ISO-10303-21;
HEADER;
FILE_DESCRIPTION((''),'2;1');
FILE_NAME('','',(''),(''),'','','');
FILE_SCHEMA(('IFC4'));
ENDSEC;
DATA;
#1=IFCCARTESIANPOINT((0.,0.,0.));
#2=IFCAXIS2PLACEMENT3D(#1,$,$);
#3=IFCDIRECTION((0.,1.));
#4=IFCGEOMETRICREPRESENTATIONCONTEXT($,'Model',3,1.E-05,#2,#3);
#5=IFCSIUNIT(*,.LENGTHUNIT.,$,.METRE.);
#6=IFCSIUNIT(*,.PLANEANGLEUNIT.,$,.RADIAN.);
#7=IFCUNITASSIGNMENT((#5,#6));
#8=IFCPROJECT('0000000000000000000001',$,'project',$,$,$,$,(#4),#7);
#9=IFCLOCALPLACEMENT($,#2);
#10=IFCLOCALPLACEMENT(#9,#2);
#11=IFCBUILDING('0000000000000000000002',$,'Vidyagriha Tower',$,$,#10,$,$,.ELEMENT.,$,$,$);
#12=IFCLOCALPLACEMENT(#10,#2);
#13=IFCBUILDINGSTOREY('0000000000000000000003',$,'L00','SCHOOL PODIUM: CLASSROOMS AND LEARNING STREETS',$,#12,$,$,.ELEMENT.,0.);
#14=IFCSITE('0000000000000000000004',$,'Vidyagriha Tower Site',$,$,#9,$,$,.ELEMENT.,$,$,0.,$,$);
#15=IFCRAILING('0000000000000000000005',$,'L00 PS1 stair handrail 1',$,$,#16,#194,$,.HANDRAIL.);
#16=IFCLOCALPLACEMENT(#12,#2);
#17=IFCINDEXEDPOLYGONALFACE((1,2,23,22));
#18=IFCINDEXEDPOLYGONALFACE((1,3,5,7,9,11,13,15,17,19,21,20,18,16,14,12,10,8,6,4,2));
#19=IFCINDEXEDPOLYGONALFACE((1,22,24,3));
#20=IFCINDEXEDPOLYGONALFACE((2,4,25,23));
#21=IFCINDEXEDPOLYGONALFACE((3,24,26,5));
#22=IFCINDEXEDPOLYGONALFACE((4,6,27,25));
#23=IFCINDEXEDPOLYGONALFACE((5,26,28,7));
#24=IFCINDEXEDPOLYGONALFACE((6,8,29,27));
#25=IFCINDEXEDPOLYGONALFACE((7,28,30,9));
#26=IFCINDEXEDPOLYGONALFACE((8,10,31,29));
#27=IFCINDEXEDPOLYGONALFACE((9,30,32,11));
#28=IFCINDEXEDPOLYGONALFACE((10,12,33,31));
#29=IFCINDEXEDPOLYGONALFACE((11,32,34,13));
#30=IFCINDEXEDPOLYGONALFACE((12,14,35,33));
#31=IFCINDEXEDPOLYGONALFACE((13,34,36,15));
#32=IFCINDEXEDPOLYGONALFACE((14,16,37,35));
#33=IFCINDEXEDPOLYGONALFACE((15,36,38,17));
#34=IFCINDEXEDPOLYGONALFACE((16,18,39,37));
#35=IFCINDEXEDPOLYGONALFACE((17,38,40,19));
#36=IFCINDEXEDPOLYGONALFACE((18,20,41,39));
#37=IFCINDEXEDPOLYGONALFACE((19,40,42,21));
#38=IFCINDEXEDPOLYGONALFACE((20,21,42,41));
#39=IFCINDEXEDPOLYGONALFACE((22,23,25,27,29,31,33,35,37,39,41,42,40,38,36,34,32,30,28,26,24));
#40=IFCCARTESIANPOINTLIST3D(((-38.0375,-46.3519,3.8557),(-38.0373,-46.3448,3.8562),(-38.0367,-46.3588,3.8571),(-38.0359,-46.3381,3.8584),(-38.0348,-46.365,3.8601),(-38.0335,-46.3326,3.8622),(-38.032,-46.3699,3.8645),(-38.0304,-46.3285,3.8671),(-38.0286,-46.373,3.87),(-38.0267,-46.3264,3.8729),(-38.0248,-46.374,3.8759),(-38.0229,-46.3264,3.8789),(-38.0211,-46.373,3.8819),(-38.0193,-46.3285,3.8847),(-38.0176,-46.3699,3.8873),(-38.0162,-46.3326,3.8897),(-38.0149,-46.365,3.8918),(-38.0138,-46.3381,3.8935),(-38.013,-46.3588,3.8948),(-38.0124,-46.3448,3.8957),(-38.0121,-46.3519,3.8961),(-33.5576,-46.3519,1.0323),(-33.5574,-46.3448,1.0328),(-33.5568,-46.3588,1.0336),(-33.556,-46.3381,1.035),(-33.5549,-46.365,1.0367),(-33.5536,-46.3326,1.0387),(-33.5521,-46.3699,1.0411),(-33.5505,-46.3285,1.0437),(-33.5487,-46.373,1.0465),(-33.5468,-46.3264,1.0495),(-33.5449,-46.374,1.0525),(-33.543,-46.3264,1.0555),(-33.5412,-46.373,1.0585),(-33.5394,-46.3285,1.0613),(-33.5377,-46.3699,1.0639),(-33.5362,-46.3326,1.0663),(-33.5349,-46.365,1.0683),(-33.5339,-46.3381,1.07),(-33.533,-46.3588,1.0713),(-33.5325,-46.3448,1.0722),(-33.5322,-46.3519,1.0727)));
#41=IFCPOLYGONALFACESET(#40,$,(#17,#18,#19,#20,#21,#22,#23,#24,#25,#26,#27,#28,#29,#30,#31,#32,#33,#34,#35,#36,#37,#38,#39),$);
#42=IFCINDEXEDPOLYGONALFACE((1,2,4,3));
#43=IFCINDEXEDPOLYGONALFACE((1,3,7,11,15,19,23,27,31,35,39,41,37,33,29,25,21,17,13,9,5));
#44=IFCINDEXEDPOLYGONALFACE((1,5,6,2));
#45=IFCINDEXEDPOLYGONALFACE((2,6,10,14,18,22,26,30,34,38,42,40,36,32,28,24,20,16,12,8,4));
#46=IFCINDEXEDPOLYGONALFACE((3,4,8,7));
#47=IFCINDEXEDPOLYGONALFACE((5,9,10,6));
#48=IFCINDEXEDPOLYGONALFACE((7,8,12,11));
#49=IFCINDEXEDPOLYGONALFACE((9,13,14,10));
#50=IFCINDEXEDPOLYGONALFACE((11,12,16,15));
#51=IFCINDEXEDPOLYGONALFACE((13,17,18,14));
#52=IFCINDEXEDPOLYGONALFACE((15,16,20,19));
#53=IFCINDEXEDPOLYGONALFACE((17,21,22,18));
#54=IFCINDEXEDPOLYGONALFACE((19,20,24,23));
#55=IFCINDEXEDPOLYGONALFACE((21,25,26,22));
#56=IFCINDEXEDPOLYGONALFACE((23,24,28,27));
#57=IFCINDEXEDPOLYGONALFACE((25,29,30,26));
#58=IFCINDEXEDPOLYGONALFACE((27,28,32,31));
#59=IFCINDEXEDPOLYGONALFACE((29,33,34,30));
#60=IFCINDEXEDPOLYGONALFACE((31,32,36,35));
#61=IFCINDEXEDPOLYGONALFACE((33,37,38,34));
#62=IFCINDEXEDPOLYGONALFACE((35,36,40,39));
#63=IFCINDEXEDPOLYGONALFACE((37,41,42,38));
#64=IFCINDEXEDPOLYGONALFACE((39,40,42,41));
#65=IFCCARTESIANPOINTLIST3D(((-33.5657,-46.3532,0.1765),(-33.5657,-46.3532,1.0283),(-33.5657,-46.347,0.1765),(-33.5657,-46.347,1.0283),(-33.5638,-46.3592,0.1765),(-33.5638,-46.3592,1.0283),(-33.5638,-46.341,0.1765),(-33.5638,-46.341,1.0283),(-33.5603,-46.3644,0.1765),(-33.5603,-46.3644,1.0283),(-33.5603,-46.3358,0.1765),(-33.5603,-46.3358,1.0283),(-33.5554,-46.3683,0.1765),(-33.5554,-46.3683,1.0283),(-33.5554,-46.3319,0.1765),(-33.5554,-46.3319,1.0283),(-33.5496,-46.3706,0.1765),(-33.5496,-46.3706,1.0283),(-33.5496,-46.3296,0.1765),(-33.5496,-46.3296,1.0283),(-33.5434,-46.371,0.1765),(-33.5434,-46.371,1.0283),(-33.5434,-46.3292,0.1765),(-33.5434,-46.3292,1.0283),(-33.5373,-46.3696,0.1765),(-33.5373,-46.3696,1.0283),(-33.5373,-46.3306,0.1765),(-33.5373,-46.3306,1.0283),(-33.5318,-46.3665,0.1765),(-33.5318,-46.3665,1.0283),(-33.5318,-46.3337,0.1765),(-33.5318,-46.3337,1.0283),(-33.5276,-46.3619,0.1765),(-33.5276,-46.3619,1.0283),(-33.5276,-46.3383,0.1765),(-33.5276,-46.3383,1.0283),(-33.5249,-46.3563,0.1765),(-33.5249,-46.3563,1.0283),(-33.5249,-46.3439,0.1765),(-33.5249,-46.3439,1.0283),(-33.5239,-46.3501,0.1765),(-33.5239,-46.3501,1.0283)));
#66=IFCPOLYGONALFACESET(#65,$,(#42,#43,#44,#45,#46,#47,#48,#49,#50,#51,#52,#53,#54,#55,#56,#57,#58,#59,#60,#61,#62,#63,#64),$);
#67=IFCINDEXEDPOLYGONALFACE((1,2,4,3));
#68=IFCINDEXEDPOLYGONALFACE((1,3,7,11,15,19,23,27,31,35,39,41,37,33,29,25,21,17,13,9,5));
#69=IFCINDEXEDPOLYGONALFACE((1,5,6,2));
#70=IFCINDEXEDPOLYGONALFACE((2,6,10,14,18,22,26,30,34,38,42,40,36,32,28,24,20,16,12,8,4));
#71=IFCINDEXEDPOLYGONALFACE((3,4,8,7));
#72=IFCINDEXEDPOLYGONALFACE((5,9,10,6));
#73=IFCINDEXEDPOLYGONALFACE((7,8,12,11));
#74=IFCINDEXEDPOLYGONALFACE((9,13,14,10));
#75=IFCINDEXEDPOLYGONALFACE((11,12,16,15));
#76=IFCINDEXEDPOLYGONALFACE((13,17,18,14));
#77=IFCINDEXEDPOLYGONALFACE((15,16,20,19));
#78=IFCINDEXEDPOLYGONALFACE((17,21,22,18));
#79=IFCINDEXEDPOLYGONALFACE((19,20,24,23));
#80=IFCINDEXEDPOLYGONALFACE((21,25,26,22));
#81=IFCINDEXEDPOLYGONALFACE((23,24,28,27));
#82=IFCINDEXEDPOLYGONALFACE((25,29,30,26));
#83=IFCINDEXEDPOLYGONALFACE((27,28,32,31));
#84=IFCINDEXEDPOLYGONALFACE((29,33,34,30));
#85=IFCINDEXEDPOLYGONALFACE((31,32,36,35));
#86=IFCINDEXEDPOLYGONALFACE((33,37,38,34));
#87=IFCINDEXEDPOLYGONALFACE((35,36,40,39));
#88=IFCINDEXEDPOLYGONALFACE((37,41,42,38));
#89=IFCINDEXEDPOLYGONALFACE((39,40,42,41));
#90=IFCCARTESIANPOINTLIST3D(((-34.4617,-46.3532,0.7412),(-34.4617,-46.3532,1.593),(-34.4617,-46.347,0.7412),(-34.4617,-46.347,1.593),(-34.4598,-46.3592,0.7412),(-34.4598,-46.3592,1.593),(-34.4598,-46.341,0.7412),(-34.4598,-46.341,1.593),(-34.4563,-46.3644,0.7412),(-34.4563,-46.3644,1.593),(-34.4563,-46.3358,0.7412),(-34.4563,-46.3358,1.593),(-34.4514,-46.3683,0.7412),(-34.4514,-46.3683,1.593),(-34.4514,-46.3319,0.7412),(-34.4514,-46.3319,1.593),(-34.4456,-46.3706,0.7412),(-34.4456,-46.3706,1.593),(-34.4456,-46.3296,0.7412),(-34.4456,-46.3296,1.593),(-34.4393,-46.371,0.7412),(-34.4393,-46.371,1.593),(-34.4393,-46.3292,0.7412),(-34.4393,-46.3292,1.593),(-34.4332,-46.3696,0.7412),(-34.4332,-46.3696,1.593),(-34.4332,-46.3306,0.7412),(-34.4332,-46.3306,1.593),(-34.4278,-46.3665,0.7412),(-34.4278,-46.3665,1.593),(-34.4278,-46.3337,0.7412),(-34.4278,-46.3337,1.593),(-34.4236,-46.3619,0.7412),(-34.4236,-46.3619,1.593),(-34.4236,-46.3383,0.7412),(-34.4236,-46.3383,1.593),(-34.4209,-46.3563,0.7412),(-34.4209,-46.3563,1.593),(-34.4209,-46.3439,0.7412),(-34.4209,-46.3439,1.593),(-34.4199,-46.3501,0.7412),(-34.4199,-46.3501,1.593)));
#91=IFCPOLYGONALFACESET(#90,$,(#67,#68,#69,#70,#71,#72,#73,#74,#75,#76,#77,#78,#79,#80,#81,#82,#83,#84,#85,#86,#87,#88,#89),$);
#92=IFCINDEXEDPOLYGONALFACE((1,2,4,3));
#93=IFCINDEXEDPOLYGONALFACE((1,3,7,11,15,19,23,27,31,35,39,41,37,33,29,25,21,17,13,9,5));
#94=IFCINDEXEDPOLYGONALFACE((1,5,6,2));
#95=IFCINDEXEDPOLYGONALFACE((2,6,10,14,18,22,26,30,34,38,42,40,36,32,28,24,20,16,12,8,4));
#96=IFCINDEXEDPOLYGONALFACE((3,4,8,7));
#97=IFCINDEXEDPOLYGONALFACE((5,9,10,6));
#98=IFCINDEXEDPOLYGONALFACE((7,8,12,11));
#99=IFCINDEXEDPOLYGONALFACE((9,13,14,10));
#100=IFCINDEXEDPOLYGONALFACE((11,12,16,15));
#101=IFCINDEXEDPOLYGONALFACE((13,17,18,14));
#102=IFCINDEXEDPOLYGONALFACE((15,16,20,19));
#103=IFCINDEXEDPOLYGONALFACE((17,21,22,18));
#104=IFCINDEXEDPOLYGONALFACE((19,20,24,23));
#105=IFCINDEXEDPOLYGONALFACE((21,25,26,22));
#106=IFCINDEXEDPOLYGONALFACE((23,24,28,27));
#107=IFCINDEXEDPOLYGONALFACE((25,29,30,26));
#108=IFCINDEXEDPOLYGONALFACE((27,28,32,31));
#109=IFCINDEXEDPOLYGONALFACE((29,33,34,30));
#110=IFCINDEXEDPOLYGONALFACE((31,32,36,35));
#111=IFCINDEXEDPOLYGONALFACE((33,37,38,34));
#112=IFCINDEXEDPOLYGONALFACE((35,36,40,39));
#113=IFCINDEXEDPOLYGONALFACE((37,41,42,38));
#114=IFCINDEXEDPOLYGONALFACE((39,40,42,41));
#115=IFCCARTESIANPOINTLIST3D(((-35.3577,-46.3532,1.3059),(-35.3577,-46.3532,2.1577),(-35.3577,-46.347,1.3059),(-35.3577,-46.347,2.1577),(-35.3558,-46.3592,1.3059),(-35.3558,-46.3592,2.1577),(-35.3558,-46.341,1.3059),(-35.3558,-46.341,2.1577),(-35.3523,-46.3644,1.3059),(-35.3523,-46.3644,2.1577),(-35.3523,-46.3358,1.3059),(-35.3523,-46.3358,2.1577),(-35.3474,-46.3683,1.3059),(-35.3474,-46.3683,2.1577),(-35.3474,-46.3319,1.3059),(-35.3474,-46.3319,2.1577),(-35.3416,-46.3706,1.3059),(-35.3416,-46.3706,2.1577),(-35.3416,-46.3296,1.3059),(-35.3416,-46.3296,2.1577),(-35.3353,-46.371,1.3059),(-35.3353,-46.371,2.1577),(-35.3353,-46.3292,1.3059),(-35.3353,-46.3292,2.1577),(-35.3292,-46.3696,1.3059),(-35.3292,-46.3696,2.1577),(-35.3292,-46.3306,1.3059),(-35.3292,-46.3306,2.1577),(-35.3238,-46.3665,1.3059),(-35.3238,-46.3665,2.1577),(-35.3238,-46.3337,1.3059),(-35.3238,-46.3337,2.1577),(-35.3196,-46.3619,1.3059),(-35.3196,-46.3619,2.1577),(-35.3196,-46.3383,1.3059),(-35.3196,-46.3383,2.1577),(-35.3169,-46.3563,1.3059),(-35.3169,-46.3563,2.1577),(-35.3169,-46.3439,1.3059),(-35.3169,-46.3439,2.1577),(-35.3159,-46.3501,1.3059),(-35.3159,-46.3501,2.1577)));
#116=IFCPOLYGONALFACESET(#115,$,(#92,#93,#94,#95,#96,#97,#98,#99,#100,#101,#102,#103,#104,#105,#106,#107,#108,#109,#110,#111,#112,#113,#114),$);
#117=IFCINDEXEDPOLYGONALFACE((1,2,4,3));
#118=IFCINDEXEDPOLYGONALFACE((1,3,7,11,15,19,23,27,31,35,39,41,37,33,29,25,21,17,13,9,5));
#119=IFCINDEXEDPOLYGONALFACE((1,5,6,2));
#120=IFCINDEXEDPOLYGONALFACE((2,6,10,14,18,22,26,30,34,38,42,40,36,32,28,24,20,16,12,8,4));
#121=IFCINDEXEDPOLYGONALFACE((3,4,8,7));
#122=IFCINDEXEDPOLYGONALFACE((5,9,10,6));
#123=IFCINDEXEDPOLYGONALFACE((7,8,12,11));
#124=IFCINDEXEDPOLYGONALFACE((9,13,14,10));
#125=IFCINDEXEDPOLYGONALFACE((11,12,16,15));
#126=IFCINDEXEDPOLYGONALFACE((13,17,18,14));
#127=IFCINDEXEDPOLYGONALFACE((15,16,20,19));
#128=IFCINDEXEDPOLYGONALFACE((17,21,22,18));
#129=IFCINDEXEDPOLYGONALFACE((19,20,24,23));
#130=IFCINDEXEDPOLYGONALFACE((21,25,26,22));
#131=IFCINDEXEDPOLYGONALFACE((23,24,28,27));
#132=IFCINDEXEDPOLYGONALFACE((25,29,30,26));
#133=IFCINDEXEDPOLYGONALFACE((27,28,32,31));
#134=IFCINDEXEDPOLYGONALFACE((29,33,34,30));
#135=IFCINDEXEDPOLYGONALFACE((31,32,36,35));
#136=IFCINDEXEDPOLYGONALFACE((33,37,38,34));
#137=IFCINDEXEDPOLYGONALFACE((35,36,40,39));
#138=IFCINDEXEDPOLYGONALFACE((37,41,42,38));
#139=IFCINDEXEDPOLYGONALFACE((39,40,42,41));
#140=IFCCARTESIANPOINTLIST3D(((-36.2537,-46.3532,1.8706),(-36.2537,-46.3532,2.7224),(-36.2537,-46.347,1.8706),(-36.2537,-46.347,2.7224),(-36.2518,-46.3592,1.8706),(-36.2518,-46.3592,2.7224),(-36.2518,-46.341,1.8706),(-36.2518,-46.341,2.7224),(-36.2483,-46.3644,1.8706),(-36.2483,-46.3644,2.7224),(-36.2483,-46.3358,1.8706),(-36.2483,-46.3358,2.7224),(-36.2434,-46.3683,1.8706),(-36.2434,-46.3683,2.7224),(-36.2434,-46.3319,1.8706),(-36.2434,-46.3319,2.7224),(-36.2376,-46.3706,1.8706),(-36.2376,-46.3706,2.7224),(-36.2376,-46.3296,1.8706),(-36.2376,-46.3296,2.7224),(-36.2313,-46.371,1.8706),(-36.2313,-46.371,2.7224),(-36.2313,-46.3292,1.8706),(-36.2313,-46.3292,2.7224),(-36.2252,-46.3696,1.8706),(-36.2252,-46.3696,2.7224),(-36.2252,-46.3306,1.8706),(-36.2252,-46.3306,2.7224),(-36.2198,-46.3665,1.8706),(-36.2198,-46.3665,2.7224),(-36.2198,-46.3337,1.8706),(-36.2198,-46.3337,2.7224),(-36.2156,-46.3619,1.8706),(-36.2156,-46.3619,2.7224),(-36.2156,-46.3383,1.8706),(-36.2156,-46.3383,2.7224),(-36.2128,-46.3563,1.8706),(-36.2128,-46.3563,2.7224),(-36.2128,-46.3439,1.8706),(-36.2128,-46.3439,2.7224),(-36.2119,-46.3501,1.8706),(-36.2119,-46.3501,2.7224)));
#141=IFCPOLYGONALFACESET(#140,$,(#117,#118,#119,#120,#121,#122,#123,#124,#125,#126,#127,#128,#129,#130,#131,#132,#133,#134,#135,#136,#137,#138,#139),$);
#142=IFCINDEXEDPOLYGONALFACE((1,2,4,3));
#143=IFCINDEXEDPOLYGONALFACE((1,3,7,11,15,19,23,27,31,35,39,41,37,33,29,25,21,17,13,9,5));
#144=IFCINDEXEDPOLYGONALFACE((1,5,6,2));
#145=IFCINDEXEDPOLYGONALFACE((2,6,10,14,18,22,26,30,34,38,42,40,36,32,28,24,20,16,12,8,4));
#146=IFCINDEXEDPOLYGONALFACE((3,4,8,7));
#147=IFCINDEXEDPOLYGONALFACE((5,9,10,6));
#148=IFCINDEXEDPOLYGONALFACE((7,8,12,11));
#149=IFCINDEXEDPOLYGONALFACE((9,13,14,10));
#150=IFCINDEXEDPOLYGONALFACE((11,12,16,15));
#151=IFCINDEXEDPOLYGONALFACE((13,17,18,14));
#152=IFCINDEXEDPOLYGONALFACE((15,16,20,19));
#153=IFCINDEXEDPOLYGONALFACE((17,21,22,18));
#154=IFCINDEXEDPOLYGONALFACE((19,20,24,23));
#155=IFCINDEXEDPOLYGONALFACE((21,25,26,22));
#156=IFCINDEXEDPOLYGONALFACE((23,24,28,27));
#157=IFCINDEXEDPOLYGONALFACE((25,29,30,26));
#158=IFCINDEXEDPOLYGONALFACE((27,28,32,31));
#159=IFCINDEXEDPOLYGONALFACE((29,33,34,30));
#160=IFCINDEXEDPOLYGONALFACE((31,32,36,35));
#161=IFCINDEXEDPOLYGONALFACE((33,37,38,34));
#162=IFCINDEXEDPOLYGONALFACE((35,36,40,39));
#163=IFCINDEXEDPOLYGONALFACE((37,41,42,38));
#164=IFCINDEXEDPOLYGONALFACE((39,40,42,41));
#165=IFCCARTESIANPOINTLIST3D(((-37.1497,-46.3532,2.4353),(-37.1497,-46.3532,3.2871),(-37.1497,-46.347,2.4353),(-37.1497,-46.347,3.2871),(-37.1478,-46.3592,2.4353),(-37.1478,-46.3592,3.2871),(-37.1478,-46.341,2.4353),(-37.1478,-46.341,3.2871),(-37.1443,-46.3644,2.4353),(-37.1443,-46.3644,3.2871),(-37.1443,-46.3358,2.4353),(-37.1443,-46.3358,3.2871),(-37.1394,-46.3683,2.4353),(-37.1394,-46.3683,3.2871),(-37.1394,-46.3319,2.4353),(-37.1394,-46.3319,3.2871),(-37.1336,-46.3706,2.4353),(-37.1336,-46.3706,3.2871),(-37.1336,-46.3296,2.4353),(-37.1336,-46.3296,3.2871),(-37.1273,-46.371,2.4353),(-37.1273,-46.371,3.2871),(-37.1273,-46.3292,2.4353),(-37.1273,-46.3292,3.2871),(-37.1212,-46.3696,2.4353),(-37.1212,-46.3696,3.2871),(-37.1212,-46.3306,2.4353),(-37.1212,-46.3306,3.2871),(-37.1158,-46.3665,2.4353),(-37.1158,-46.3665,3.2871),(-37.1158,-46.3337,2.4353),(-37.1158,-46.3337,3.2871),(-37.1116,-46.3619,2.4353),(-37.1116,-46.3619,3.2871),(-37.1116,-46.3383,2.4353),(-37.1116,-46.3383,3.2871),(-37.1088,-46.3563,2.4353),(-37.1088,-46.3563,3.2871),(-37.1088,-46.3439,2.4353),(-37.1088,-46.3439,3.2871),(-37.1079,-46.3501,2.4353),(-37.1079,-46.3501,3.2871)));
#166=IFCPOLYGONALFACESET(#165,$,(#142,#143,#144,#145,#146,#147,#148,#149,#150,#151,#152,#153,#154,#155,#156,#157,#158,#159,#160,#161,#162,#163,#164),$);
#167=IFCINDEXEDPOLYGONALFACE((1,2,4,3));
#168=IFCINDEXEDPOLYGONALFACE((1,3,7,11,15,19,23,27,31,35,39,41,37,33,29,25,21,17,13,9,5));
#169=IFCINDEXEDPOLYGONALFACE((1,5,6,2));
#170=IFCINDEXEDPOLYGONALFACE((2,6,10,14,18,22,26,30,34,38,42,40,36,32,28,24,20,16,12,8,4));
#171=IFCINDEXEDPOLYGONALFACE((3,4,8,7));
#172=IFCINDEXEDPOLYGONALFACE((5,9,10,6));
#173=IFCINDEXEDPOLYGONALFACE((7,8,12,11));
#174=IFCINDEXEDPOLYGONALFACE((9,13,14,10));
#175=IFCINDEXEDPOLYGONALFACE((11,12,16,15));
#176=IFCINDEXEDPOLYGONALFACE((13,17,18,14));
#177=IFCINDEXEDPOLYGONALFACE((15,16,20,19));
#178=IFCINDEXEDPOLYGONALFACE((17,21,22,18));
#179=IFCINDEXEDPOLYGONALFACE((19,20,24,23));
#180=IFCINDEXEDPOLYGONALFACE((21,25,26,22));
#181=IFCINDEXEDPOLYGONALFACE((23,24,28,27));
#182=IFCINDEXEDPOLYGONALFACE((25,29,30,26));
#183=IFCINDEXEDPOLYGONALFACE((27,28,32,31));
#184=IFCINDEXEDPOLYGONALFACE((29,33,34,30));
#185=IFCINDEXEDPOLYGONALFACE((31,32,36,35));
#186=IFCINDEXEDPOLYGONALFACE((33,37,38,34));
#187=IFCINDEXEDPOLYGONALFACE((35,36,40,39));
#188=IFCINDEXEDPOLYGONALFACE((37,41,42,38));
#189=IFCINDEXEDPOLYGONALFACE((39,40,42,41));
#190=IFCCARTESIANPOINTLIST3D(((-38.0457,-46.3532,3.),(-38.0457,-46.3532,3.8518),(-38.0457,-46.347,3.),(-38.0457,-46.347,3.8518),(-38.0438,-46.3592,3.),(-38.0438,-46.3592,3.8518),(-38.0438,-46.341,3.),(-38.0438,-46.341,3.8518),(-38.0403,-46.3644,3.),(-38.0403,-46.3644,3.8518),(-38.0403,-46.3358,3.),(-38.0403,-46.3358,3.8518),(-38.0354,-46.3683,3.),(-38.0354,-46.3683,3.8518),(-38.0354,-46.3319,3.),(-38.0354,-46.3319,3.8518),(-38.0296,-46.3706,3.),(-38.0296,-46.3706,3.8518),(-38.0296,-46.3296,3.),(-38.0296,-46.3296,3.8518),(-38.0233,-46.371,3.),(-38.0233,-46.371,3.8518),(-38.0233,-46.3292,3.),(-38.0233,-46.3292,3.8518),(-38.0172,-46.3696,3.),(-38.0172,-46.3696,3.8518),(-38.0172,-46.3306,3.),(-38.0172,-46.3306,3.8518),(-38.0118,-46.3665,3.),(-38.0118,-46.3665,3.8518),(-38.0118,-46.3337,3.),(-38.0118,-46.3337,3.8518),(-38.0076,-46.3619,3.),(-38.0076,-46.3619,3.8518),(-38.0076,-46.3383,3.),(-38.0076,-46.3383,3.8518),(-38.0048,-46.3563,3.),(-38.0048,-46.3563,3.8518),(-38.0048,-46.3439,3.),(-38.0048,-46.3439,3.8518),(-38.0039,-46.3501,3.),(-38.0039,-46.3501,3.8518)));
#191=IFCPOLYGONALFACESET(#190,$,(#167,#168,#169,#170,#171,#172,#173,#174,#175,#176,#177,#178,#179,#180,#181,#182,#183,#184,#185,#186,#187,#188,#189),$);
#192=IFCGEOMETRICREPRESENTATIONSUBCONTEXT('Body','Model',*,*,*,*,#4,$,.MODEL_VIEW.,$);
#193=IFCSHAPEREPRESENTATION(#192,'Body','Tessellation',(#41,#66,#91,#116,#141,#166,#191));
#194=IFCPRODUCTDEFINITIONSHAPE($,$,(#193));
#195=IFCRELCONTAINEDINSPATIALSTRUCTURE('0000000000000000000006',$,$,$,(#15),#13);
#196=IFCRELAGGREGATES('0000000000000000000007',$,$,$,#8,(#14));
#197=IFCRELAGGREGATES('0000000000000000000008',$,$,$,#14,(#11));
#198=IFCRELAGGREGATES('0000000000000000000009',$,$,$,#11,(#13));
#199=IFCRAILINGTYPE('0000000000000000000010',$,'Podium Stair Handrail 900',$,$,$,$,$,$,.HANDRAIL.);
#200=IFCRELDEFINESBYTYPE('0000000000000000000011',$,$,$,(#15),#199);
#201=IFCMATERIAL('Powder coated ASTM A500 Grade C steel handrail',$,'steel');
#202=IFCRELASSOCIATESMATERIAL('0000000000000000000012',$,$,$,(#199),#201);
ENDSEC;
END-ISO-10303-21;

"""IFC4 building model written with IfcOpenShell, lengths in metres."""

from ifc_helpers import new_model, si_unit, direction, frame, origin, origin_2d, place, context, subcontext, project, spatial, circle, extrude, material, type_object, element, save


model = new_model("IFC4")

# Units and contexts
model_context = context("Model", 3, precision=1e-05, world=origin(), true_north=direction((0.0, 1.0)))
body_context = subcontext(model_context, "Body", "Model", "MODEL_VIEW")
ifc_project = project(units=[si_unit("LENGTHUNIT", "METRE"), si_unit("PLANEANGLEUNIT", "RADIAN")], contexts=[model_context])

# Site, building, storey
site_placement = place(None, origin())
site = spatial("IfcSite", under=ifc_project, at=site_placement, Name="Vidyagriha Tower Site", CompositionType="ELEMENT", RefElevation=0.0)
building_placement = place(site_placement, origin())
building = spatial("IfcBuilding", under=site, at=building_placement, Name="Vidyagriha Tower", CompositionType="ELEMENT")
storey_placement = place(building_placement, origin())
storey = spatial("IfcBuildingStorey", under=building, at=storey_placement, Name="L00", Description="SCHOOL PODIUM: CLASSROOMS AND LEARNING STREETS", CompositionType="ELEMENT", Elevation=0.0)

# Railing
ifc_material_1 = material(Name="Powder coated ASTM A500 Grade C steel handrail", Category="steel")
railing_type_1 = type_object("IfcRailingType", Name="Podium Stair Handrail 900", PredefinedType="HANDRAIL", material=ifc_material_1)
railing_1_placement = place(storey_placement, frame((-33.5449, -46.3501, 0.1765)))
element("IfcRailing", 1, at=railing_1_placement, inside=storey, type_object=railing_type_1, Name="L00 PS1 stair handrail 1", PredefinedType="HANDRAIL", context=body_context, shape_type="SweptSolid", body=[
    extrude(circle(Radius=0.0239, at=origin_2d()), frame((0.0, 0.0, 0.876), z_axis=(-0.845998, 0.0, 0.533186), x_axis=(0.0, -1.0, 0.0)), (0.0, 0.0, 1.0), 5.2954),
    extrude(circle(Radius=0.021, at=origin_2d()), origin(), (0.0, 0.0, 1.0), 0.8518),
    extrude(circle(Radius=0.021, at=origin_2d()), frame((-0.896, 0.0, 0.5647)), (0.0, 0.0, 1.0), 0.8518),
    extrude(circle(Radius=0.021, at=origin_2d()), frame((-1.792, 0.0, 1.1294)), (0.0, 0.0, 1.0), 0.8518),
    extrude(circle(Radius=0.021, at=origin_2d()), frame((-2.688, 0.0, 1.6941)), (0.0, 0.0, 1.0), 0.8518),
    extrude(circle(Radius=0.021, at=origin_2d()), frame((-3.584, 0.0, 2.2588)), (0.0, 0.0, 1.0), 0.8518),
    extrude(circle(Radius=0.021, at=origin_2d()), frame((-4.48, 0.0, 2.8235)), (0.0, 0.0, 1.0), 0.8518),
])

save(model, "model.ifc")
